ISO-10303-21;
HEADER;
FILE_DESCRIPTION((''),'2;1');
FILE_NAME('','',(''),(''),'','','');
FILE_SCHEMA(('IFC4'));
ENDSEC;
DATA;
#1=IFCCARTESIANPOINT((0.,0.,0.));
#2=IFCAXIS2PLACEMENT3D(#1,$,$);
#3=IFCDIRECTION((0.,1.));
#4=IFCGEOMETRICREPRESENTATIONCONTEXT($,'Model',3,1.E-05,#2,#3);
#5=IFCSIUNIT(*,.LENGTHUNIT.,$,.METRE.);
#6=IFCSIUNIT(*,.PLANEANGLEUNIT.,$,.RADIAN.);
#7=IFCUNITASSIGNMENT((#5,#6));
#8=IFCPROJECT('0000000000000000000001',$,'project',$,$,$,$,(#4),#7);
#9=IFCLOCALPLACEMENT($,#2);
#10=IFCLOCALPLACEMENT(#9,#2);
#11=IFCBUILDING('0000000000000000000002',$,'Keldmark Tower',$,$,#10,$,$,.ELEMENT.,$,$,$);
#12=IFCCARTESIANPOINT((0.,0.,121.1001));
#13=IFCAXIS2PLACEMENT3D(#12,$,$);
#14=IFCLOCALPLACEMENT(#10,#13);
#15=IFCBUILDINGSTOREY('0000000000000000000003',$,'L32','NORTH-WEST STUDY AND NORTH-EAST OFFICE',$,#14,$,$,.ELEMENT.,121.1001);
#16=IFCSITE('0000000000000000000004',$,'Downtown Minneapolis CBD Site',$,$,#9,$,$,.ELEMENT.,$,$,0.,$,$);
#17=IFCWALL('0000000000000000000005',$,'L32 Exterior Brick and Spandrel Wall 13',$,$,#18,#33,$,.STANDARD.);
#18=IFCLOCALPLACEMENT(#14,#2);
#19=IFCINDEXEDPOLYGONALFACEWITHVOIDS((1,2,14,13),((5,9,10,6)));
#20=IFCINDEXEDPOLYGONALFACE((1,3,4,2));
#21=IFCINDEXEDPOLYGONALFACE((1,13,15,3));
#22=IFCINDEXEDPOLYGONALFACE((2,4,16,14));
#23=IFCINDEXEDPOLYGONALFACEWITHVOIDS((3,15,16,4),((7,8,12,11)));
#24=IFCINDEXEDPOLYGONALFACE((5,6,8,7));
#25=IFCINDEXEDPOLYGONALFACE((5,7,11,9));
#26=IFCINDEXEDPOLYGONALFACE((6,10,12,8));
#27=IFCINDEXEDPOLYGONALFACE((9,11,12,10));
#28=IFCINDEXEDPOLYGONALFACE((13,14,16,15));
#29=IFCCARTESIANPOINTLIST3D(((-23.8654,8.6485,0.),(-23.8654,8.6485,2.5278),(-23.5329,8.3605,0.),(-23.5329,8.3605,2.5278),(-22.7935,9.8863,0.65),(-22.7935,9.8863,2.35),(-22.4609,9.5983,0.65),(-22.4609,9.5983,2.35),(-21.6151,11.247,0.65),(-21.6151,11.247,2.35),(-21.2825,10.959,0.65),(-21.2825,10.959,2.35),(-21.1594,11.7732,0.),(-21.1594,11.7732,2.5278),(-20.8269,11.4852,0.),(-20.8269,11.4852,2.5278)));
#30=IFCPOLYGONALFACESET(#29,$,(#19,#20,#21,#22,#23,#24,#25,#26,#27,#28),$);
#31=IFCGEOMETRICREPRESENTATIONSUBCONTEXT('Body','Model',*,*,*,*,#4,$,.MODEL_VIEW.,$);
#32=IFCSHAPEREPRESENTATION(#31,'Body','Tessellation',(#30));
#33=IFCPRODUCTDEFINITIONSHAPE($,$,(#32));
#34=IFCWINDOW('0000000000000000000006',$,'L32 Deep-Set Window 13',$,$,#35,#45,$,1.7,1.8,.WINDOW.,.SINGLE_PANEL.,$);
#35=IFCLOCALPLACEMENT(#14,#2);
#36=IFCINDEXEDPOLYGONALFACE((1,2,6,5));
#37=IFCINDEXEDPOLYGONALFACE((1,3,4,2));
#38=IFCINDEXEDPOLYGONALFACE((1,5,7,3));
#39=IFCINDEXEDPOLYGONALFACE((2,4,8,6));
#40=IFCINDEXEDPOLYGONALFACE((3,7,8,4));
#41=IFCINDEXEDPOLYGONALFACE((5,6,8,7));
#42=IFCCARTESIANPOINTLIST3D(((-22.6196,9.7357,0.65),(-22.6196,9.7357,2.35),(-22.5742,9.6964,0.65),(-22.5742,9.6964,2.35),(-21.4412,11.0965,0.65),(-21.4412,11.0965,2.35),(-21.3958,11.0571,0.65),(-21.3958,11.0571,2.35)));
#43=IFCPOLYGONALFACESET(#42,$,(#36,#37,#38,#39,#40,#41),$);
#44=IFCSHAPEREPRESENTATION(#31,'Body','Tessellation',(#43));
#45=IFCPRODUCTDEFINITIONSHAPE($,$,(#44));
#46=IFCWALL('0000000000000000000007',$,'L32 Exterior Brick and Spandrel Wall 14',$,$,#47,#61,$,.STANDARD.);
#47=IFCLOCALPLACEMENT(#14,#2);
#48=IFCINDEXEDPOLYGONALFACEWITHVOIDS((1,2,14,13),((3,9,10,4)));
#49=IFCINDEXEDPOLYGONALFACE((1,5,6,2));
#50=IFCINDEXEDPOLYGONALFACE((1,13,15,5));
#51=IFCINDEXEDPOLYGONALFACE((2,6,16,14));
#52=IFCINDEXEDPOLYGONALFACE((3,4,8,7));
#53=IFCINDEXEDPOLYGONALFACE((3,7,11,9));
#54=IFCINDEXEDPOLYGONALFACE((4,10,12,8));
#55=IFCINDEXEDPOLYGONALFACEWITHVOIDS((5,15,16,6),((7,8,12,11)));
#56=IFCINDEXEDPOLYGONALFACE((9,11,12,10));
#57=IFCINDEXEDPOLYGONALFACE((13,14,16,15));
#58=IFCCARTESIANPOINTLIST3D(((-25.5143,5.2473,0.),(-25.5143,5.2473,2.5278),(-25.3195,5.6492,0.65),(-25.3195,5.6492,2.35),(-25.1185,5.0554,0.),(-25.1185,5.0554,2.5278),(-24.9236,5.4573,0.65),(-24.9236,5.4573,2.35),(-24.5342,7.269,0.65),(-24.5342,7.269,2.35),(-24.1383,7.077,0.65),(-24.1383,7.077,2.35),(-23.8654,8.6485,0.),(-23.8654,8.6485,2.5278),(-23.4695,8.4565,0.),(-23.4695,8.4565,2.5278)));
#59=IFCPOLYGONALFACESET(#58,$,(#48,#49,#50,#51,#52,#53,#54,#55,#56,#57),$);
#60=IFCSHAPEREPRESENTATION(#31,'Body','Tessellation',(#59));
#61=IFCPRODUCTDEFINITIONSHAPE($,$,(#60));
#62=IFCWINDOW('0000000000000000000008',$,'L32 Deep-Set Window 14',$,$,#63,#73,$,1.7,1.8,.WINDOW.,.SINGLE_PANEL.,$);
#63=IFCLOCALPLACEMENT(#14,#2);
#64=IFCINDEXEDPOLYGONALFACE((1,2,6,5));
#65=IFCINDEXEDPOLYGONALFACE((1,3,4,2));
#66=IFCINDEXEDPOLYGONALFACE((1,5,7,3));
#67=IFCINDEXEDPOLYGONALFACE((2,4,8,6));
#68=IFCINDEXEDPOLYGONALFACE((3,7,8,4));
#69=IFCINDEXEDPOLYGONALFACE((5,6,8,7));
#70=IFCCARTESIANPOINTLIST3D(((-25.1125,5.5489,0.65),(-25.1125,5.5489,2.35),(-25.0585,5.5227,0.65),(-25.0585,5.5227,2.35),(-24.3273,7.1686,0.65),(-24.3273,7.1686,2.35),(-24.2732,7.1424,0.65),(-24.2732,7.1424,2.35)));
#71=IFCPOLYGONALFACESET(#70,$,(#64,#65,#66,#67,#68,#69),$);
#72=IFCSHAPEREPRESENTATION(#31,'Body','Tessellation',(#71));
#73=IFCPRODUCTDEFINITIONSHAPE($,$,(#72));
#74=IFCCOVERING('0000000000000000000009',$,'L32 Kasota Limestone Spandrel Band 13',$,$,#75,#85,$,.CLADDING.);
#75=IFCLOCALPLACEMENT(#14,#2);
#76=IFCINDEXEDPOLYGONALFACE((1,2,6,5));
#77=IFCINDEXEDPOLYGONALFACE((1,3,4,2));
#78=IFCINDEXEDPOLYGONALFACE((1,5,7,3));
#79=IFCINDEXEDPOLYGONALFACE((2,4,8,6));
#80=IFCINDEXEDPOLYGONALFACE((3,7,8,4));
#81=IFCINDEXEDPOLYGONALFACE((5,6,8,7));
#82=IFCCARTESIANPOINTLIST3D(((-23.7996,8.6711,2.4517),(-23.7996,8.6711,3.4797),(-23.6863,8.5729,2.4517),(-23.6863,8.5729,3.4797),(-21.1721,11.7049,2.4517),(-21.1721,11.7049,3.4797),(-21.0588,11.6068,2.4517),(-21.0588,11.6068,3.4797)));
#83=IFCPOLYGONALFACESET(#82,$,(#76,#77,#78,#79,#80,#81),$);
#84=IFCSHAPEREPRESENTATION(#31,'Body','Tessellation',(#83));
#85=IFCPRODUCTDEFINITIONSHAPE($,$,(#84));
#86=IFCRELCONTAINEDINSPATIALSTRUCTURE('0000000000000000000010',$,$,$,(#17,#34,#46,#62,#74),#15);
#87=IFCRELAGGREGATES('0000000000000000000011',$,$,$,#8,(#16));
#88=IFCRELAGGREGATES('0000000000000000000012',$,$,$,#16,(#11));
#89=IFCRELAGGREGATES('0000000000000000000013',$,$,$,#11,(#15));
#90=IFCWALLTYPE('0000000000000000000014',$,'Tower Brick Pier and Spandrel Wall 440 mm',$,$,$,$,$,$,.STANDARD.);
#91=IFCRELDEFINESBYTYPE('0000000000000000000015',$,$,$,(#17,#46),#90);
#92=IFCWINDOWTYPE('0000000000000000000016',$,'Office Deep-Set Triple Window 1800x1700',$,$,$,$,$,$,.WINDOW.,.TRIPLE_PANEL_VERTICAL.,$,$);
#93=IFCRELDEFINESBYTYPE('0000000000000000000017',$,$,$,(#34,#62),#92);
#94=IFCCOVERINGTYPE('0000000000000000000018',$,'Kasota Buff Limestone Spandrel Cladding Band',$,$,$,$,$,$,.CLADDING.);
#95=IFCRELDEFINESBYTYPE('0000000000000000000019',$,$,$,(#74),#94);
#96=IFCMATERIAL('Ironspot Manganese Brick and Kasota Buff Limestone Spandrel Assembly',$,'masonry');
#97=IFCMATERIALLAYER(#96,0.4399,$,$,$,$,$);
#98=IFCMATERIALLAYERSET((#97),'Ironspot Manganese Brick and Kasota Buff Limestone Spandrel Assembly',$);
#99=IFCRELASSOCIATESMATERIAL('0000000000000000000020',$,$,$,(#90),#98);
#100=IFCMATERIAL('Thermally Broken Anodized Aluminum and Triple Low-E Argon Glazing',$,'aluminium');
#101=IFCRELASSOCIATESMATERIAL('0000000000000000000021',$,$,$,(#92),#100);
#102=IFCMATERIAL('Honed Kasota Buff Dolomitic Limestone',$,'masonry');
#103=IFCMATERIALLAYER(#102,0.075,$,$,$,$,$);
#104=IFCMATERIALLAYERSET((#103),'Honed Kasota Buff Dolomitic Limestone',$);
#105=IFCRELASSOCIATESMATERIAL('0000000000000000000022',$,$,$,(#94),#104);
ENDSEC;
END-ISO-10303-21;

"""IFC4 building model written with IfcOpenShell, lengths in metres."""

from ifc_helpers import new_model, si_unit, direction, frame, frame_2d, origin, origin_2d, place, context, subcontext, project, spatial, rectangle, extrude, material, layer, layer_set, type_object, element, fill, save


model = new_model("IFC4")

# Units and contexts
model_context = context("Model", 3, precision=1e-05, world=origin(), true_north=direction((0.0, 1.0)))
body_context = subcontext(model_context, "Body", "Model", "MODEL_VIEW")
ifc_project = project(units=[si_unit("LENGTHUNIT", "METRE"), si_unit("PLANEANGLEUNIT", "RADIAN")], contexts=[model_context])

# Site, building, storey
site_placement = place(None, origin())
site = spatial("IfcSite", under=ifc_project, at=site_placement, Name="Downtown Minneapolis CBD Site", CompositionType="ELEMENT", RefElevation=0.0)
building_placement = place(site_placement, origin())
building = spatial("IfcBuilding", under=site, at=building_placement, Name="Keldmark Tower", CompositionType="ELEMENT")
storey_placement = place(building_placement, frame((0.0, 0.0, 121.1001)))
storey = spatial("IfcBuildingStorey", under=building, at=storey_placement, Name="L32", Description="NORTH-WEST STUDY AND NORTH-EAST OFFICE", CompositionType="ELEMENT", Elevation=121.1001)

# Walls, openings, windows
ifc_material_1 = material(Name="Ironspot Manganese Brick and Kasota Buff Limestone Spandrel Assembly", Category="masonry")
ifc_layer_1 = layer(ifc_material_1, 0.4399)
ifc_layer_set_1 = layer_set([ifc_layer_1], Name="Ironspot Manganese Brick and Kasota Buff Limestone Spandrel Assembly")
wall_type_1 = type_object("IfcWallType", Name="Tower Brick Pier and Spandrel Wall 440 mm", PredefinedType="STANDARD", material=ifc_layer_set_1)
ifc_material_2 = material(Name="Thermally Broken Anodized Aluminum and Triple Low-E Argon Glazing", Category="aluminium")
window_type = type_object("IfcWindowType", Name="Office Deep-Set Triple Window 1800x1700", PartitioningType="TRIPLE_PANEL_VERTICAL", PredefinedType="WINDOW", material=ifc_material_2)
wall_1_placement = place(storey_placement, frame((-23.6992, 8.5044, 0.0), z_axis=(0.0, 0.0, 1.0), x_axis=(0.654645, 0.755937, 0.0)))
wall_1 = element("IfcWall", 1, at=wall_1_placement, inside=storey, type_object=wall_type_1, Name="L32 Exterior Brick and Spandrel Wall 13", PredefinedType="STANDARD", context=body_context, shape_type="SweptSolid", body=[
    extrude(rectangle(XDim=4.1335, YDim=0.4399, at=frame_2d((2.0669, 0.0))), origin(), (0.0, 0.0, 1.0), 2.5278),
])
opening_1_placement = place(wall_1_placement, frame((1.6377, 0.0, 0.6499)))
opening_1 = element("IfcOpeningElement", 2, at=opening_1_placement, cuts=wall_1, PredefinedType="OPENING", context=body_context, shape_type="SweptSolid", body=[
    extrude(rectangle(XDim=1.8, YDim=1.7, at=frame_2d((0.8999, 0.8501))), frame((0.0, 0.23, 0.0), z_axis=(0.0, -1.0, 0.0), x_axis=(1.0, 0.0, 0.0)), (0.0, 0.0, 1.0), 0.46),
])
window_1_placement = place(opening_1_placement, origin())
window_1 = element("IfcWindow", 3, at=window_1_placement, inside=storey, type_object=window_type, Name="L32 Deep-Set Window 13", OverallHeight=1.7, OverallWidth=1.8, PartitioningType="SINGLE_PANEL", PredefinedType="WINDOW", context=body_context, shape_type="SweptSolid", body=[
    extrude(rectangle(XDim=1.8, YDim=1.7, at=frame_2d((0.8999, 0.8501))), frame((0.0, -0.01, 0.0), z_axis=(0.0, -1.0, 0.0), x_axis=(1.0, 0.0, 0.0)), (0.0, 0.0, 1.0), 0.0601),
])
fill(opening_1, window_1)
wall_2_placement = place(storey_placement, frame((-25.3164, 5.1514, 0.0), z_axis=(0.0, 0.0, 1.0), x_axis=(0.436251, 0.899825, 0.0)))
wall_2 = element("IfcWall", 4, at=wall_2_placement, inside=storey, type_object=wall_type_1, Name="L32 Exterior Brick and Spandrel Wall 14", PredefinedType="STANDARD", context=body_context, shape_type="SweptSolid", body=[
    extrude(rectangle(XDim=3.7798, YDim=0.4399, at=frame_2d((1.8899, 0.0))), origin(), (0.0, 0.0, 1.0), 2.5278),
])
opening_2_placement = place(wall_2_placement, frame((0.4468, 0.0, 0.6499)))
opening_2 = element("IfcOpeningElement", 5, at=opening_2_placement, cuts=wall_2, PredefinedType="OPENING", context=body_context, shape_type="SweptSolid", body=[
    extrude(rectangle(XDim=1.8, YDim=1.7, at=frame_2d((0.8999, 0.8501))), frame((0.0, 0.23, 0.0), z_axis=(0.0, -1.0, 0.0), x_axis=(1.0, 0.0, 0.0)), (0.0, 0.0, 1.0), 0.46),
])
window_2_placement = place(opening_2_placement, origin())
window_2 = element("IfcWindow", 6, at=window_2_placement, inside=storey, type_object=window_type, Name="L32 Deep-Set Window 14", OverallHeight=1.7, OverallWidth=1.8, PartitioningType="SINGLE_PANEL", PredefinedType="WINDOW", context=body_context, shape_type="SweptSolid", body=[
    extrude(rectangle(XDim=1.8, YDim=1.7, at=frame_2d((0.8999, 0.8501))), frame((0.0, -0.01, 0.0), z_axis=(0.0, -1.0, 0.0), x_axis=(1.0, 0.0, 0.0)), (0.0, 0.0, 1.0), 0.0601),
])
fill(opening_2, window_2)

# Covering
ifc_material_3 = material(Name="Honed Kasota Buff Dolomitic Limestone", Category="masonry")
ifc_layer_2 = layer(ifc_material_3, 0.075)
ifc_layer_set_2 = layer_set([ifc_layer_2], Name="Honed Kasota Buff Dolomitic Limestone")
covering_type = type_object("IfcCoveringType", Name="Kasota Buff Limestone Spandrel Cladding Band", PredefinedType="CLADDING", material=ifc_layer_set_2)
covering_placement = place(storey_placement, frame((-22.4292, 10.1389, 2.4517), z_axis=(0.0, 0.0, 1.0), x_axis=(-0.654662, -0.755922, 0.0)))
element("IfcCovering", 7, at=covering_placement, inside=storey, type_object=covering_type, Name="L32 Kasota Limestone Spandrel Band 13", PredefinedType="CLADDING", context=body_context, shape_type="SweptSolid", body=[
    extrude(rectangle(XDim=4.0134, YDim=0.1499, at=origin_2d()), origin(), (0.0, 0.0, 1.0), 1.0281),
])

save(model, "model.ifc")
